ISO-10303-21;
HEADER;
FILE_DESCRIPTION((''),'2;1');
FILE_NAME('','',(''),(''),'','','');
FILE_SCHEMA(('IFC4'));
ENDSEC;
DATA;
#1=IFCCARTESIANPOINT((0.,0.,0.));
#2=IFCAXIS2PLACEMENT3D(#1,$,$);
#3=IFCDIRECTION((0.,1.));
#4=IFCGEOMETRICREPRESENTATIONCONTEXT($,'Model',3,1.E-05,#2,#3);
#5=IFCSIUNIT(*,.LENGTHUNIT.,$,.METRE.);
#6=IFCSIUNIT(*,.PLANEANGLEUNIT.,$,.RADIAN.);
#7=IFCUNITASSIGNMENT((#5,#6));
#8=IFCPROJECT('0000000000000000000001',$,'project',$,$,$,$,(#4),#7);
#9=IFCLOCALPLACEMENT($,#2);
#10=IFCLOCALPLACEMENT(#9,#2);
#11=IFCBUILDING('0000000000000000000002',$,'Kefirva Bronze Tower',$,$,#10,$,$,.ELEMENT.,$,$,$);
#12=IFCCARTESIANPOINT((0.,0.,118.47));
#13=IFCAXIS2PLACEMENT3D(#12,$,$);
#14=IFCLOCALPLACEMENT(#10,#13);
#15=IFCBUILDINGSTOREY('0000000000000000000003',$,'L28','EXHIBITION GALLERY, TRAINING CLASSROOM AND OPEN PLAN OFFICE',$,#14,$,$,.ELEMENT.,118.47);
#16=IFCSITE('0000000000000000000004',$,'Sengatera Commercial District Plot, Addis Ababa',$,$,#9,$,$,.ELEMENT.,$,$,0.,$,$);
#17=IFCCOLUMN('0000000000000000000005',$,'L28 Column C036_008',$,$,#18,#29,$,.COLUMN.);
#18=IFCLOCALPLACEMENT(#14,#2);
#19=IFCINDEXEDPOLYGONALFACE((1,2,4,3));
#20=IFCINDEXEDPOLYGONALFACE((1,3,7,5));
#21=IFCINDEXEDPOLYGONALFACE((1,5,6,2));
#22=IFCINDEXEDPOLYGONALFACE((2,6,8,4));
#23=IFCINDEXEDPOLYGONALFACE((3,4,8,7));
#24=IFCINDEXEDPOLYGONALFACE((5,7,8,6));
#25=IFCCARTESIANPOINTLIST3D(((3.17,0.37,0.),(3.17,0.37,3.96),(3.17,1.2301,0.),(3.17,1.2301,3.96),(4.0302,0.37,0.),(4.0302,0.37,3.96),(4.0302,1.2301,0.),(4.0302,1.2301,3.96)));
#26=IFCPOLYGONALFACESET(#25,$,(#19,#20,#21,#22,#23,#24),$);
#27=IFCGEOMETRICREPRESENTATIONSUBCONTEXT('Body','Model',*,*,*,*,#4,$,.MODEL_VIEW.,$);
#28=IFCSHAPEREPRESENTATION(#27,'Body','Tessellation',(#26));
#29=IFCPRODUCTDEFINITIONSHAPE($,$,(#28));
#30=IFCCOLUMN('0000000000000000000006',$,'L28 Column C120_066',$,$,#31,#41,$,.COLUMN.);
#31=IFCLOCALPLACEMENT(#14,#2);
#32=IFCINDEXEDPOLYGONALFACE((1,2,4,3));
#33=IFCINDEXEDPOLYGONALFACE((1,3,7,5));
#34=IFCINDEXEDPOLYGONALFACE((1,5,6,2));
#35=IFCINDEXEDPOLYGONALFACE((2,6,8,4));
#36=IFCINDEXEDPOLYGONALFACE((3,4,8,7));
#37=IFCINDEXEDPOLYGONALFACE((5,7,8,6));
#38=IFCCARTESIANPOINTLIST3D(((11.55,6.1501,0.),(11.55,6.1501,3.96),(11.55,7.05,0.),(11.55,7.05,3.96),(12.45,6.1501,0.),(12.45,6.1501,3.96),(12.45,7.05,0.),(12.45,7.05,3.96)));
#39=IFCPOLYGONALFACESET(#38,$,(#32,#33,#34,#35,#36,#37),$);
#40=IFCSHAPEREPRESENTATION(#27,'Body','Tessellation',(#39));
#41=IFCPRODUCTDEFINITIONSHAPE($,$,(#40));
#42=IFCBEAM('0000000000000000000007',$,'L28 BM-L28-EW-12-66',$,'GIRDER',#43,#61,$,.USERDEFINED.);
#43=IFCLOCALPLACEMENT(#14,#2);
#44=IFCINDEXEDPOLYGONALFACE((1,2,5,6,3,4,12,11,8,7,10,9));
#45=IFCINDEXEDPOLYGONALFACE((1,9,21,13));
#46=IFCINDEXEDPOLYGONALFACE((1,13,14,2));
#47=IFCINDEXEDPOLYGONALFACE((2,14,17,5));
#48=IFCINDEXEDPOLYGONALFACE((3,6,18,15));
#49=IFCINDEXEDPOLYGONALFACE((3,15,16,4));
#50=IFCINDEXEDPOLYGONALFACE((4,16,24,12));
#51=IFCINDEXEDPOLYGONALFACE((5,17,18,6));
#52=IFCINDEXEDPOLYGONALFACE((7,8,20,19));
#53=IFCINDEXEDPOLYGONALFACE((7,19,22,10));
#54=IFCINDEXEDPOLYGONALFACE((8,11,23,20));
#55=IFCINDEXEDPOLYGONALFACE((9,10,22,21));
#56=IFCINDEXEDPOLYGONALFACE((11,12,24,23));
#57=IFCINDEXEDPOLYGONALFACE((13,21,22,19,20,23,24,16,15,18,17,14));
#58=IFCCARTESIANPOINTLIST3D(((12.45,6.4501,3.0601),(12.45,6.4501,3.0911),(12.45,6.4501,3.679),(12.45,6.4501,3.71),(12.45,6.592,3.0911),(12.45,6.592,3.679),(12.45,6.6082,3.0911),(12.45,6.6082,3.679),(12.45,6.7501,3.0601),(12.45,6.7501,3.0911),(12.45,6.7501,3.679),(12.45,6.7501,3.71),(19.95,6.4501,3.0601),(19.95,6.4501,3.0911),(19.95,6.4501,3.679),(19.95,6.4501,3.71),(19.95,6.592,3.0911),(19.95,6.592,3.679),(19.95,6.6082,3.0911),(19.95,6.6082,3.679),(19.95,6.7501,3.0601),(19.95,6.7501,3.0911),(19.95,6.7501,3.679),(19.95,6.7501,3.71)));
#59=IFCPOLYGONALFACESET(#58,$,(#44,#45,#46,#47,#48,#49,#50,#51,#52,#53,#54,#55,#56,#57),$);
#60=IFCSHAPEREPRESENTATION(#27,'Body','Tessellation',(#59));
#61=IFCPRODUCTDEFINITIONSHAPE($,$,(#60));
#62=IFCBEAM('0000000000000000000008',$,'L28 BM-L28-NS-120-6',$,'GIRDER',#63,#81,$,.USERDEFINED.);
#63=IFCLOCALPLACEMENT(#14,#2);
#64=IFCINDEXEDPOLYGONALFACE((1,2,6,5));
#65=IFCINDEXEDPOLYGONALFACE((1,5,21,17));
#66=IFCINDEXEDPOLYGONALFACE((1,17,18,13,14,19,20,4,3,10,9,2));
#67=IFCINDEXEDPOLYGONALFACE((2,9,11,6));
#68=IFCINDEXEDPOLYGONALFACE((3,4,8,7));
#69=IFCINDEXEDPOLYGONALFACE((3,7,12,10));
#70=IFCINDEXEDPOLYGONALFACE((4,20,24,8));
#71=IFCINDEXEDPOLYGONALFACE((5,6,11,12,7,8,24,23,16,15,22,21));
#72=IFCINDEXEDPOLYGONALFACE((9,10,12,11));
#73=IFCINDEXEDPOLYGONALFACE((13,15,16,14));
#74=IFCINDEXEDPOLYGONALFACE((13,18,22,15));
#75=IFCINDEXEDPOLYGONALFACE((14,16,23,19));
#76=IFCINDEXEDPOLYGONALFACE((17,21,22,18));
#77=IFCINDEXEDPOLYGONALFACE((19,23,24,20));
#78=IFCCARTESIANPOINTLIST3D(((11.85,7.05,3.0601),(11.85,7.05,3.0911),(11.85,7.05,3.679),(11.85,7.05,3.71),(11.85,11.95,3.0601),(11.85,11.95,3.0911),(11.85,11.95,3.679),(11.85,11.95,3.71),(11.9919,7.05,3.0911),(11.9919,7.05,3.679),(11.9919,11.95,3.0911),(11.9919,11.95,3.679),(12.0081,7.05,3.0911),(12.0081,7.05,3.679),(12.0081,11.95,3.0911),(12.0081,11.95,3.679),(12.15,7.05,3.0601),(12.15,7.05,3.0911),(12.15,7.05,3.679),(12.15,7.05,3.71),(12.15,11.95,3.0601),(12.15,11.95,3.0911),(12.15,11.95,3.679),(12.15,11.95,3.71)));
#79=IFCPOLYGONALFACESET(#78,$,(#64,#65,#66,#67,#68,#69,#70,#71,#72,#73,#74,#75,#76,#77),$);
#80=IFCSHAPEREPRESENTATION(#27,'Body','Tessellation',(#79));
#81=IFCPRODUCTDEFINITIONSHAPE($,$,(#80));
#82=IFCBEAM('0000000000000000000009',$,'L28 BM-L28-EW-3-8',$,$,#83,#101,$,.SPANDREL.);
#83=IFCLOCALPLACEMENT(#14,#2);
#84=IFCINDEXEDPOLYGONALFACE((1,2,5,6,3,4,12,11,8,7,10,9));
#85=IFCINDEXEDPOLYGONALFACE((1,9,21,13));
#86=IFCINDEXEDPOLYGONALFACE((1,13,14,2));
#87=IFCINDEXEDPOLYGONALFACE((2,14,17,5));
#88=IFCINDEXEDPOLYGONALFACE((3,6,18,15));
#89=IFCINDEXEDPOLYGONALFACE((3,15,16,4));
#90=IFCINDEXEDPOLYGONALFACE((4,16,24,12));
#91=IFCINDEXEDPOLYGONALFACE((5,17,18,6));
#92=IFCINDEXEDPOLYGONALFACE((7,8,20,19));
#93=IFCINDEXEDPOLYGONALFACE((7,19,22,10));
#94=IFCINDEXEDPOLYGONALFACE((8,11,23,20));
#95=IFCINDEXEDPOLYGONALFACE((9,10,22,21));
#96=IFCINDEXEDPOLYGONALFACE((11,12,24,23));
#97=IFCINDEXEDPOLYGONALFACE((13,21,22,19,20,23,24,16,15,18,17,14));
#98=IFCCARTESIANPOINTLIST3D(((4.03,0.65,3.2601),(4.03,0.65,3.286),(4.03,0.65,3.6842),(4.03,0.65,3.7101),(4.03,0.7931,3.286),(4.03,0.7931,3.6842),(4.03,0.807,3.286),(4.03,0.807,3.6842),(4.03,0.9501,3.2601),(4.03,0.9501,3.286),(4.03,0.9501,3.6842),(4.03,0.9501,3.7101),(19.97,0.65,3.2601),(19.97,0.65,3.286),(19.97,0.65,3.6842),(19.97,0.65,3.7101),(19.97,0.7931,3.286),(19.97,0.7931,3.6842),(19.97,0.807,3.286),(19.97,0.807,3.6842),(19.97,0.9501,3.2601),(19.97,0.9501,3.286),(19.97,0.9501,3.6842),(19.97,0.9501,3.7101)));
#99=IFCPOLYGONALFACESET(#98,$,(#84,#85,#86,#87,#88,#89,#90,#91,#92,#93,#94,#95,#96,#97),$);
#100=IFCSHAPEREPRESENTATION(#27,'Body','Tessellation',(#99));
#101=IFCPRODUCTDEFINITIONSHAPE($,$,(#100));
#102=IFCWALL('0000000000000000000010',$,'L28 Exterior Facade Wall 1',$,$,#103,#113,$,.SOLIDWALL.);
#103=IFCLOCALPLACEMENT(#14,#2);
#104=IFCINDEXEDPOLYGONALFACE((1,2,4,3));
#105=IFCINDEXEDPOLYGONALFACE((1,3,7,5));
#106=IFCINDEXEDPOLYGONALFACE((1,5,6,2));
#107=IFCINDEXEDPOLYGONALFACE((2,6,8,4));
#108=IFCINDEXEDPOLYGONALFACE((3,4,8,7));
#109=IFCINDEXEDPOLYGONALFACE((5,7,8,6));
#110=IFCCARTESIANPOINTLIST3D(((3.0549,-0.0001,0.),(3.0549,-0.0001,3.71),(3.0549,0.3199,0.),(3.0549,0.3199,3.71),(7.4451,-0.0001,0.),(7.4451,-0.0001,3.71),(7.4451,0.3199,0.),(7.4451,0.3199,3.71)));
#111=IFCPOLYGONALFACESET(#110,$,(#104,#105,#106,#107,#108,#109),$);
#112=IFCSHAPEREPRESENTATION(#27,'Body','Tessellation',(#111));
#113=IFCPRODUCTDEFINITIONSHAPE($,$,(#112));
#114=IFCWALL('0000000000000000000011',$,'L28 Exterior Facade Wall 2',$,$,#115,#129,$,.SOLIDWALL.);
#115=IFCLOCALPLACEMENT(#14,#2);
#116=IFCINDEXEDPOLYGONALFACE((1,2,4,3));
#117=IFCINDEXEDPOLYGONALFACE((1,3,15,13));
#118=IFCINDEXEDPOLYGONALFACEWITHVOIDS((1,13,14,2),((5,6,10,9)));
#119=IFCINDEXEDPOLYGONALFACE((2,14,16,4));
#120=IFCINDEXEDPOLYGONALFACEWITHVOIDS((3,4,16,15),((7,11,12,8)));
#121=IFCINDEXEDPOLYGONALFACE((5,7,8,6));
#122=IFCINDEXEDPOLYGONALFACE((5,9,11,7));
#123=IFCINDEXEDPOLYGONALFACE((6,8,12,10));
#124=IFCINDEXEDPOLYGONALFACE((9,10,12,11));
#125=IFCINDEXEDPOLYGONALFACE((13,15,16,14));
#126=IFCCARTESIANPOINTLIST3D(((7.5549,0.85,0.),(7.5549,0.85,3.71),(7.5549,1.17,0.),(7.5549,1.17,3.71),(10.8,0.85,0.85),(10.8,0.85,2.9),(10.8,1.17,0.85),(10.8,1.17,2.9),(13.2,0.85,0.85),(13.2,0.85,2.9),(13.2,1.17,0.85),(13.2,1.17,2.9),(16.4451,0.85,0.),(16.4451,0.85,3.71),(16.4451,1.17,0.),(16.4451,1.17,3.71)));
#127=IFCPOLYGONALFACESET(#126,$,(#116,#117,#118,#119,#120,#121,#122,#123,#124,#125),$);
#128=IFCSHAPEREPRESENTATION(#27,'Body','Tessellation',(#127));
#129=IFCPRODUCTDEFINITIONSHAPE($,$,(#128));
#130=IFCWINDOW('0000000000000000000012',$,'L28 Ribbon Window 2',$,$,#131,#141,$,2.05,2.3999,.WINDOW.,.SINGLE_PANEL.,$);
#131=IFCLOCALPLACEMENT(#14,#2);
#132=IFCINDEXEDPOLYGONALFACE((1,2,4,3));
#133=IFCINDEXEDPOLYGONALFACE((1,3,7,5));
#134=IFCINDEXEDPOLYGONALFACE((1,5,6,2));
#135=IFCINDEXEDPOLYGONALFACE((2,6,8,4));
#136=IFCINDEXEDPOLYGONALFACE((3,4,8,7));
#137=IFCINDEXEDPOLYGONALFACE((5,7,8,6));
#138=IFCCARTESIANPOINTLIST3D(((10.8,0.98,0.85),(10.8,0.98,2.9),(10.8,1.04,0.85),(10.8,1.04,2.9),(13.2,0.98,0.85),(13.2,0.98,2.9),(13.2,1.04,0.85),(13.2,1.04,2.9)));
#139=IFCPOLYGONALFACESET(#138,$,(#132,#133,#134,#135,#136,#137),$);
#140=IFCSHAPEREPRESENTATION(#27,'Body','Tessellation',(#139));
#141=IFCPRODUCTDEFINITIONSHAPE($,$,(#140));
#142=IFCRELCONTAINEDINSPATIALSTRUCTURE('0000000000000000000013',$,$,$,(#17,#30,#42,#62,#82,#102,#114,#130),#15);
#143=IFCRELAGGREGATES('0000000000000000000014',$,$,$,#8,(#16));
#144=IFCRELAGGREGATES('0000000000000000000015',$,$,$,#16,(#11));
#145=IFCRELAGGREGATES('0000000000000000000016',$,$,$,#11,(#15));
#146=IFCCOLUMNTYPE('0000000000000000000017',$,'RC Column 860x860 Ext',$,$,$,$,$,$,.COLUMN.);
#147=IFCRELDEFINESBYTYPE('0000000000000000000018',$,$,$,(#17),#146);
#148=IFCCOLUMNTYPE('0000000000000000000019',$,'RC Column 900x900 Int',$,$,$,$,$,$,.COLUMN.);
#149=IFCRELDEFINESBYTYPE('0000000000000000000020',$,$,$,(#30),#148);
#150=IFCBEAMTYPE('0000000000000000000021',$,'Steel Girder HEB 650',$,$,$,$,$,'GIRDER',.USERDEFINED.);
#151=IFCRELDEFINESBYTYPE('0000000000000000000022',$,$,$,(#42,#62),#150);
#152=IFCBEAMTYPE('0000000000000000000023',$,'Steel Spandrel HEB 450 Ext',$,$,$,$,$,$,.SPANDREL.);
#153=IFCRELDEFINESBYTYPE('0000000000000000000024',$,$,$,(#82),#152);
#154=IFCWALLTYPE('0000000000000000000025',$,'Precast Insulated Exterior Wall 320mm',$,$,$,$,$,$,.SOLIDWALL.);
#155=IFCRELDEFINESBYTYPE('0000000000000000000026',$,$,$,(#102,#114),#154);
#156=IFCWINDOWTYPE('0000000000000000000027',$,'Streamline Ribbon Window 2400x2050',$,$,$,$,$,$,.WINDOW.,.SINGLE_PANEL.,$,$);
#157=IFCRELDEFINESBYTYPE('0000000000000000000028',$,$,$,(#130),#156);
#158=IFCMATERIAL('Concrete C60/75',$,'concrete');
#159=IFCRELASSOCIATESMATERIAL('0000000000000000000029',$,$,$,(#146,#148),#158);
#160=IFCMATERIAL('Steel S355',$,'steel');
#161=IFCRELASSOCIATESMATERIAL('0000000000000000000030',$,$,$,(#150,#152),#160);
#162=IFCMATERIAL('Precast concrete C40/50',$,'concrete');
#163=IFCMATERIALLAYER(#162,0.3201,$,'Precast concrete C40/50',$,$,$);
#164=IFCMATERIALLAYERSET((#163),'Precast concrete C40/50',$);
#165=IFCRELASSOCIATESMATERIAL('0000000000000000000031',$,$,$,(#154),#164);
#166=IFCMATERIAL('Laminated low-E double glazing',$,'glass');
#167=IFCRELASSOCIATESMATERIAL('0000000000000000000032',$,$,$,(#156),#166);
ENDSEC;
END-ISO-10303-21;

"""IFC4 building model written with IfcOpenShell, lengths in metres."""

from ifc_helpers import new_model, si_unit, direction, frame, frame_2d, origin, origin_2d, place, context, subcontext, project, spatial, rectangle, i_section, extrude, material, layer, layer_set, material_profile, profile_set, type_object, element, fill, save


model = new_model("IFC4")

# Units and contexts
model_context = context("Model", 3, precision=1e-05, world=origin(), true_north=direction((0.0, 1.0)))
body_context = subcontext(model_context, "Body", "Model", "MODEL_VIEW")
ifc_project = project(units=[si_unit("LENGTHUNIT", "METRE"), si_unit("PLANEANGLEUNIT", "RADIAN")], contexts=[model_context])

# Site, building, storey
site_placement = place(None, origin())
site = spatial("IfcSite", under=ifc_project, at=site_placement, Name="Sengatera Commercial District Plot, Addis Ababa", CompositionType="ELEMENT", RefElevation=0.0)
building_placement = place(site_placement, origin())
building = spatial("IfcBuilding", under=site, at=building_placement, Name="Kefirva Bronze Tower", CompositionType="ELEMENT")
storey_placement = place(building_placement, frame((0.0, 0.0, 118.47)))
storey = spatial("IfcBuildingStorey", under=building, at=storey_placement, Name="L28", Description="EXHIBITION GALLERY, TRAINING CLASSROOM AND OPEN PLAN OFFICE", CompositionType="ELEMENT", Elevation=118.47)

# Columns
ifc_material_1 = material(Name="Concrete C60/75", Category="concrete")
ifc_material_profile_1 = material_profile(ifc_material_1, rectangle(XDim=0.8601, YDim=0.8601, at=origin_2d()), Name="RC 860x860")
ifc_profile_set_1 = profile_set([ifc_material_profile_1], Name="Concrete C60/75")
column_type_1 = type_object("IfcColumnType", Name="RC Column 860x860 Ext", PredefinedType="COLUMN", material=ifc_profile_set_1)
column_1_placement = place(storey_placement, frame((3.6001, 0.8, 0.0), z_axis=(0.0, 0.0, 1.0), x_axis=(1.0, 0.0, 0.0)))
element("IfcColumn", 1, at=column_1_placement, inside=storey, type_object=column_type_1, Name="L28 Column C036_008", PredefinedType="COLUMN", context=body_context, shape_type="SweptSolid", body=[
    extrude(rectangle(XDim=0.8601, YDim=0.8601, at=origin_2d()), origin(), (0.0, 0.0, 1.0), 3.96),
])
ifc_material_profile_2 = material_profile(ifc_material_1, rectangle(XDim=0.8999, YDim=0.8999, at=origin_2d()), Name="RC 900x900")
ifc_profile_set_2 = profile_set([ifc_material_profile_2], Name="Concrete C60/75")
column_type_2 = type_object("IfcColumnType", Name="RC Column 900x900 Int", PredefinedType="COLUMN", material=ifc_profile_set_2)
column_2_placement = place(storey_placement, frame((12.0, 6.6001, 0.0), z_axis=(0.0, 0.0, 1.0), x_axis=(1.0, 0.0, 0.0)))
element("IfcColumn", 2, at=column_2_placement, inside=storey, type_object=column_type_2, Name="L28 Column C120_066", PredefinedType="COLUMN", context=body_context, shape_type="SweptSolid", body=[
    extrude(rectangle(XDim=0.8999, YDim=0.8999, at=origin_2d()), origin(), (0.0, 0.0, 1.0), 3.96),
])

# Beams
ifc_material_2 = material(Name="Steel S355", Category="steel")
ifc_material_profile_3 = material_profile(ifc_material_2, i_section(OverallWidth=0.3, OverallDepth=0.6499, WebThickness=0.0161, FlangeThickness=0.031, at=origin_2d()), Name="HEB 650")
ifc_profile_set_3 = profile_set([ifc_material_profile_3], Name="Steel S355")
beam_type_1 = type_object("IfcBeamType", Name="Steel Girder HEB 650", ElementType="GIRDER", PredefinedType="USERDEFINED", material=ifc_profile_set_3)
beam_1_placement = place(storey_placement, frame((12.45, 6.6001, 3.385), z_axis=(1.0, 0.0, 0.0), x_axis=(0.0, 1.0, 0.0)))
element("IfcBeam", 3, at=beam_1_placement, inside=storey, type_object=beam_type_1, Name="L28 BM-L28-EW-12-66", ObjectType="GIRDER", PredefinedType="USERDEFINED", context=body_context, shape_type="SweptSolid", body=[
    extrude(i_section(OverallWidth=0.3, OverallDepth=0.6499, WebThickness=0.0161, FlangeThickness=0.031, at=origin_2d()), origin(), (0.0, 0.0, 1.0), 7.5),
])
beam_2_placement = place(storey_placement, frame((12.0, 7.05, 3.385), z_axis=(0.0, 1.0, 0.0), x_axis=(-1.0, 0.0, 0.0)))
element("IfcBeam", 4, at=beam_2_placement, inside=storey, type_object=beam_type_1, Name="L28 BM-L28-NS-120-6", ObjectType="GIRDER", PredefinedType="USERDEFINED", context=body_context, shape_type="SweptSolid", body=[
    extrude(i_section(OverallWidth=0.3, OverallDepth=0.6499, WebThickness=0.0161, FlangeThickness=0.031, at=origin_2d()), origin(), (0.0, 0.0, 1.0), 4.8999),
])
ifc_material_profile_4 = material_profile(ifc_material_2, i_section(OverallWidth=0.3, OverallDepth=0.45, WebThickness=0.0139, FlangeThickness=0.0259, at=origin_2d()), Name="HEB 450")
ifc_profile_set_4 = profile_set([ifc_material_profile_4], Name="Steel S355")
beam_type_2 = type_object("IfcBeamType", Name="Steel Spandrel HEB 450 Ext", PredefinedType="SPANDREL", material=ifc_profile_set_4)
beam_3_placement = place(storey_placement, frame((4.03, 0.8, 3.4851), z_axis=(1.0, 0.0, 0.0), x_axis=(0.0, 1.0, 0.0)))
element("IfcBeam", 5, at=beam_3_placement, inside=storey, type_object=beam_type_2, Name="L28 BM-L28-EW-3-8", PredefinedType="SPANDREL", context=body_context, shape_type="SweptSolid", body=[
    extrude(i_section(OverallWidth=0.3, OverallDepth=0.45, WebThickness=0.0139, FlangeThickness=0.0259, at=origin_2d()), origin(), (0.0, 0.0, 1.0), 15.9399),
])

# Wall
ifc_material_3 = material(Name="Precast concrete C40/50", Category="concrete")
ifc_layer_1 = layer(ifc_material_3, 0.3201, Name="Precast concrete C40/50")
ifc_layer_set_1 = layer_set([ifc_layer_1], Name="Precast concrete C40/50")
wall_type_1 = type_object("IfcWallType", Name="Precast Insulated Exterior Wall 320mm", PredefinedType="SOLIDWALL", material=ifc_layer_set_1)
wall_1_placement = place(storey_placement, frame((3.0549, 0.1599, 0.0), z_axis=(0.0, 0.0, 1.0), x_axis=(1.0, 0.0, 0.0)))
element("IfcWall", 6, at=wall_1_placement, inside=storey, type_object=wall_type_1, Name="L28 Exterior Facade Wall 1", PredefinedType="SOLIDWALL", context=body_context, shape_type="SweptSolid", body=[
    extrude(rectangle(XDim=4.3901, YDim=0.3201, at=frame_2d((2.1951, 0.0))), origin(), (0.0, 0.0, 1.0), 3.71),
])

# Wall, opening, window
wall_2_placement = place(storey_placement, frame((7.5549, 1.01, 0.0), z_axis=(0.0, 0.0, 1.0), x_axis=(1.0, 0.0, 0.0)))
wall_2 = element("IfcWall", 7, at=wall_2_placement, inside=storey, type_object=wall_type_1, Name="L28 Exterior Facade Wall 2", PredefinedType="SOLIDWALL", context=body_context, shape_type="SweptSolid", body=[
    extrude(rectangle(XDim=8.8901, YDim=0.3201, at=frame_2d((4.4451, 0.0))), origin(), (0.0, 0.0, 1.0), 3.71),
])
opening_1_placement = place(wall_2_placement, frame((3.2451, 0.0, 0.8501)))
opening_1 = element("IfcOpeningElement", 8, at=opening_1_placement, cuts=wall_2, PredefinedType="OPENING", context=body_context, shape_type="SweptSolid", body=[
    extrude(rectangle(XDim=2.3999, YDim=2.05, at=frame_2d((1.2, 1.0249))), frame((0.0, 0.1699, 0.0), z_axis=(0.0, -1.0, 0.0), x_axis=(1.0, 0.0, 0.0)), (0.0, 0.0, 1.0), 0.3401),
])
ifc_material_4 = material(Name="Laminated low-E double glazing", Category="glass")
window_type = type_object("IfcWindowType", Name="Streamline Ribbon Window 2400x2050", PartitioningType="SINGLE_PANEL", PredefinedType="WINDOW", material=ifc_material_4)
window_placement = place(opening_1_placement, origin())
window = element("IfcWindow", 9, at=window_placement, inside=storey, type_object=window_type, Name="L28 Ribbon Window 2", OverallHeight=2.05, OverallWidth=2.3999, PartitioningType="SINGLE_PANEL", PredefinedType="WINDOW", context=body_context, shape_type="SweptSolid", body=[
    extrude(rectangle(XDim=2.3999, YDim=2.05, at=frame_2d((1.2, 1.0249))), frame((0.0, 0.03, 0.0), z_axis=(0.0, -1.0, 0.0), x_axis=(1.0, 0.0, 0.0)), (0.0, 0.0, 1.0), 0.0601),
])
fill(opening_1, window)

save(model, "model.ifc")
